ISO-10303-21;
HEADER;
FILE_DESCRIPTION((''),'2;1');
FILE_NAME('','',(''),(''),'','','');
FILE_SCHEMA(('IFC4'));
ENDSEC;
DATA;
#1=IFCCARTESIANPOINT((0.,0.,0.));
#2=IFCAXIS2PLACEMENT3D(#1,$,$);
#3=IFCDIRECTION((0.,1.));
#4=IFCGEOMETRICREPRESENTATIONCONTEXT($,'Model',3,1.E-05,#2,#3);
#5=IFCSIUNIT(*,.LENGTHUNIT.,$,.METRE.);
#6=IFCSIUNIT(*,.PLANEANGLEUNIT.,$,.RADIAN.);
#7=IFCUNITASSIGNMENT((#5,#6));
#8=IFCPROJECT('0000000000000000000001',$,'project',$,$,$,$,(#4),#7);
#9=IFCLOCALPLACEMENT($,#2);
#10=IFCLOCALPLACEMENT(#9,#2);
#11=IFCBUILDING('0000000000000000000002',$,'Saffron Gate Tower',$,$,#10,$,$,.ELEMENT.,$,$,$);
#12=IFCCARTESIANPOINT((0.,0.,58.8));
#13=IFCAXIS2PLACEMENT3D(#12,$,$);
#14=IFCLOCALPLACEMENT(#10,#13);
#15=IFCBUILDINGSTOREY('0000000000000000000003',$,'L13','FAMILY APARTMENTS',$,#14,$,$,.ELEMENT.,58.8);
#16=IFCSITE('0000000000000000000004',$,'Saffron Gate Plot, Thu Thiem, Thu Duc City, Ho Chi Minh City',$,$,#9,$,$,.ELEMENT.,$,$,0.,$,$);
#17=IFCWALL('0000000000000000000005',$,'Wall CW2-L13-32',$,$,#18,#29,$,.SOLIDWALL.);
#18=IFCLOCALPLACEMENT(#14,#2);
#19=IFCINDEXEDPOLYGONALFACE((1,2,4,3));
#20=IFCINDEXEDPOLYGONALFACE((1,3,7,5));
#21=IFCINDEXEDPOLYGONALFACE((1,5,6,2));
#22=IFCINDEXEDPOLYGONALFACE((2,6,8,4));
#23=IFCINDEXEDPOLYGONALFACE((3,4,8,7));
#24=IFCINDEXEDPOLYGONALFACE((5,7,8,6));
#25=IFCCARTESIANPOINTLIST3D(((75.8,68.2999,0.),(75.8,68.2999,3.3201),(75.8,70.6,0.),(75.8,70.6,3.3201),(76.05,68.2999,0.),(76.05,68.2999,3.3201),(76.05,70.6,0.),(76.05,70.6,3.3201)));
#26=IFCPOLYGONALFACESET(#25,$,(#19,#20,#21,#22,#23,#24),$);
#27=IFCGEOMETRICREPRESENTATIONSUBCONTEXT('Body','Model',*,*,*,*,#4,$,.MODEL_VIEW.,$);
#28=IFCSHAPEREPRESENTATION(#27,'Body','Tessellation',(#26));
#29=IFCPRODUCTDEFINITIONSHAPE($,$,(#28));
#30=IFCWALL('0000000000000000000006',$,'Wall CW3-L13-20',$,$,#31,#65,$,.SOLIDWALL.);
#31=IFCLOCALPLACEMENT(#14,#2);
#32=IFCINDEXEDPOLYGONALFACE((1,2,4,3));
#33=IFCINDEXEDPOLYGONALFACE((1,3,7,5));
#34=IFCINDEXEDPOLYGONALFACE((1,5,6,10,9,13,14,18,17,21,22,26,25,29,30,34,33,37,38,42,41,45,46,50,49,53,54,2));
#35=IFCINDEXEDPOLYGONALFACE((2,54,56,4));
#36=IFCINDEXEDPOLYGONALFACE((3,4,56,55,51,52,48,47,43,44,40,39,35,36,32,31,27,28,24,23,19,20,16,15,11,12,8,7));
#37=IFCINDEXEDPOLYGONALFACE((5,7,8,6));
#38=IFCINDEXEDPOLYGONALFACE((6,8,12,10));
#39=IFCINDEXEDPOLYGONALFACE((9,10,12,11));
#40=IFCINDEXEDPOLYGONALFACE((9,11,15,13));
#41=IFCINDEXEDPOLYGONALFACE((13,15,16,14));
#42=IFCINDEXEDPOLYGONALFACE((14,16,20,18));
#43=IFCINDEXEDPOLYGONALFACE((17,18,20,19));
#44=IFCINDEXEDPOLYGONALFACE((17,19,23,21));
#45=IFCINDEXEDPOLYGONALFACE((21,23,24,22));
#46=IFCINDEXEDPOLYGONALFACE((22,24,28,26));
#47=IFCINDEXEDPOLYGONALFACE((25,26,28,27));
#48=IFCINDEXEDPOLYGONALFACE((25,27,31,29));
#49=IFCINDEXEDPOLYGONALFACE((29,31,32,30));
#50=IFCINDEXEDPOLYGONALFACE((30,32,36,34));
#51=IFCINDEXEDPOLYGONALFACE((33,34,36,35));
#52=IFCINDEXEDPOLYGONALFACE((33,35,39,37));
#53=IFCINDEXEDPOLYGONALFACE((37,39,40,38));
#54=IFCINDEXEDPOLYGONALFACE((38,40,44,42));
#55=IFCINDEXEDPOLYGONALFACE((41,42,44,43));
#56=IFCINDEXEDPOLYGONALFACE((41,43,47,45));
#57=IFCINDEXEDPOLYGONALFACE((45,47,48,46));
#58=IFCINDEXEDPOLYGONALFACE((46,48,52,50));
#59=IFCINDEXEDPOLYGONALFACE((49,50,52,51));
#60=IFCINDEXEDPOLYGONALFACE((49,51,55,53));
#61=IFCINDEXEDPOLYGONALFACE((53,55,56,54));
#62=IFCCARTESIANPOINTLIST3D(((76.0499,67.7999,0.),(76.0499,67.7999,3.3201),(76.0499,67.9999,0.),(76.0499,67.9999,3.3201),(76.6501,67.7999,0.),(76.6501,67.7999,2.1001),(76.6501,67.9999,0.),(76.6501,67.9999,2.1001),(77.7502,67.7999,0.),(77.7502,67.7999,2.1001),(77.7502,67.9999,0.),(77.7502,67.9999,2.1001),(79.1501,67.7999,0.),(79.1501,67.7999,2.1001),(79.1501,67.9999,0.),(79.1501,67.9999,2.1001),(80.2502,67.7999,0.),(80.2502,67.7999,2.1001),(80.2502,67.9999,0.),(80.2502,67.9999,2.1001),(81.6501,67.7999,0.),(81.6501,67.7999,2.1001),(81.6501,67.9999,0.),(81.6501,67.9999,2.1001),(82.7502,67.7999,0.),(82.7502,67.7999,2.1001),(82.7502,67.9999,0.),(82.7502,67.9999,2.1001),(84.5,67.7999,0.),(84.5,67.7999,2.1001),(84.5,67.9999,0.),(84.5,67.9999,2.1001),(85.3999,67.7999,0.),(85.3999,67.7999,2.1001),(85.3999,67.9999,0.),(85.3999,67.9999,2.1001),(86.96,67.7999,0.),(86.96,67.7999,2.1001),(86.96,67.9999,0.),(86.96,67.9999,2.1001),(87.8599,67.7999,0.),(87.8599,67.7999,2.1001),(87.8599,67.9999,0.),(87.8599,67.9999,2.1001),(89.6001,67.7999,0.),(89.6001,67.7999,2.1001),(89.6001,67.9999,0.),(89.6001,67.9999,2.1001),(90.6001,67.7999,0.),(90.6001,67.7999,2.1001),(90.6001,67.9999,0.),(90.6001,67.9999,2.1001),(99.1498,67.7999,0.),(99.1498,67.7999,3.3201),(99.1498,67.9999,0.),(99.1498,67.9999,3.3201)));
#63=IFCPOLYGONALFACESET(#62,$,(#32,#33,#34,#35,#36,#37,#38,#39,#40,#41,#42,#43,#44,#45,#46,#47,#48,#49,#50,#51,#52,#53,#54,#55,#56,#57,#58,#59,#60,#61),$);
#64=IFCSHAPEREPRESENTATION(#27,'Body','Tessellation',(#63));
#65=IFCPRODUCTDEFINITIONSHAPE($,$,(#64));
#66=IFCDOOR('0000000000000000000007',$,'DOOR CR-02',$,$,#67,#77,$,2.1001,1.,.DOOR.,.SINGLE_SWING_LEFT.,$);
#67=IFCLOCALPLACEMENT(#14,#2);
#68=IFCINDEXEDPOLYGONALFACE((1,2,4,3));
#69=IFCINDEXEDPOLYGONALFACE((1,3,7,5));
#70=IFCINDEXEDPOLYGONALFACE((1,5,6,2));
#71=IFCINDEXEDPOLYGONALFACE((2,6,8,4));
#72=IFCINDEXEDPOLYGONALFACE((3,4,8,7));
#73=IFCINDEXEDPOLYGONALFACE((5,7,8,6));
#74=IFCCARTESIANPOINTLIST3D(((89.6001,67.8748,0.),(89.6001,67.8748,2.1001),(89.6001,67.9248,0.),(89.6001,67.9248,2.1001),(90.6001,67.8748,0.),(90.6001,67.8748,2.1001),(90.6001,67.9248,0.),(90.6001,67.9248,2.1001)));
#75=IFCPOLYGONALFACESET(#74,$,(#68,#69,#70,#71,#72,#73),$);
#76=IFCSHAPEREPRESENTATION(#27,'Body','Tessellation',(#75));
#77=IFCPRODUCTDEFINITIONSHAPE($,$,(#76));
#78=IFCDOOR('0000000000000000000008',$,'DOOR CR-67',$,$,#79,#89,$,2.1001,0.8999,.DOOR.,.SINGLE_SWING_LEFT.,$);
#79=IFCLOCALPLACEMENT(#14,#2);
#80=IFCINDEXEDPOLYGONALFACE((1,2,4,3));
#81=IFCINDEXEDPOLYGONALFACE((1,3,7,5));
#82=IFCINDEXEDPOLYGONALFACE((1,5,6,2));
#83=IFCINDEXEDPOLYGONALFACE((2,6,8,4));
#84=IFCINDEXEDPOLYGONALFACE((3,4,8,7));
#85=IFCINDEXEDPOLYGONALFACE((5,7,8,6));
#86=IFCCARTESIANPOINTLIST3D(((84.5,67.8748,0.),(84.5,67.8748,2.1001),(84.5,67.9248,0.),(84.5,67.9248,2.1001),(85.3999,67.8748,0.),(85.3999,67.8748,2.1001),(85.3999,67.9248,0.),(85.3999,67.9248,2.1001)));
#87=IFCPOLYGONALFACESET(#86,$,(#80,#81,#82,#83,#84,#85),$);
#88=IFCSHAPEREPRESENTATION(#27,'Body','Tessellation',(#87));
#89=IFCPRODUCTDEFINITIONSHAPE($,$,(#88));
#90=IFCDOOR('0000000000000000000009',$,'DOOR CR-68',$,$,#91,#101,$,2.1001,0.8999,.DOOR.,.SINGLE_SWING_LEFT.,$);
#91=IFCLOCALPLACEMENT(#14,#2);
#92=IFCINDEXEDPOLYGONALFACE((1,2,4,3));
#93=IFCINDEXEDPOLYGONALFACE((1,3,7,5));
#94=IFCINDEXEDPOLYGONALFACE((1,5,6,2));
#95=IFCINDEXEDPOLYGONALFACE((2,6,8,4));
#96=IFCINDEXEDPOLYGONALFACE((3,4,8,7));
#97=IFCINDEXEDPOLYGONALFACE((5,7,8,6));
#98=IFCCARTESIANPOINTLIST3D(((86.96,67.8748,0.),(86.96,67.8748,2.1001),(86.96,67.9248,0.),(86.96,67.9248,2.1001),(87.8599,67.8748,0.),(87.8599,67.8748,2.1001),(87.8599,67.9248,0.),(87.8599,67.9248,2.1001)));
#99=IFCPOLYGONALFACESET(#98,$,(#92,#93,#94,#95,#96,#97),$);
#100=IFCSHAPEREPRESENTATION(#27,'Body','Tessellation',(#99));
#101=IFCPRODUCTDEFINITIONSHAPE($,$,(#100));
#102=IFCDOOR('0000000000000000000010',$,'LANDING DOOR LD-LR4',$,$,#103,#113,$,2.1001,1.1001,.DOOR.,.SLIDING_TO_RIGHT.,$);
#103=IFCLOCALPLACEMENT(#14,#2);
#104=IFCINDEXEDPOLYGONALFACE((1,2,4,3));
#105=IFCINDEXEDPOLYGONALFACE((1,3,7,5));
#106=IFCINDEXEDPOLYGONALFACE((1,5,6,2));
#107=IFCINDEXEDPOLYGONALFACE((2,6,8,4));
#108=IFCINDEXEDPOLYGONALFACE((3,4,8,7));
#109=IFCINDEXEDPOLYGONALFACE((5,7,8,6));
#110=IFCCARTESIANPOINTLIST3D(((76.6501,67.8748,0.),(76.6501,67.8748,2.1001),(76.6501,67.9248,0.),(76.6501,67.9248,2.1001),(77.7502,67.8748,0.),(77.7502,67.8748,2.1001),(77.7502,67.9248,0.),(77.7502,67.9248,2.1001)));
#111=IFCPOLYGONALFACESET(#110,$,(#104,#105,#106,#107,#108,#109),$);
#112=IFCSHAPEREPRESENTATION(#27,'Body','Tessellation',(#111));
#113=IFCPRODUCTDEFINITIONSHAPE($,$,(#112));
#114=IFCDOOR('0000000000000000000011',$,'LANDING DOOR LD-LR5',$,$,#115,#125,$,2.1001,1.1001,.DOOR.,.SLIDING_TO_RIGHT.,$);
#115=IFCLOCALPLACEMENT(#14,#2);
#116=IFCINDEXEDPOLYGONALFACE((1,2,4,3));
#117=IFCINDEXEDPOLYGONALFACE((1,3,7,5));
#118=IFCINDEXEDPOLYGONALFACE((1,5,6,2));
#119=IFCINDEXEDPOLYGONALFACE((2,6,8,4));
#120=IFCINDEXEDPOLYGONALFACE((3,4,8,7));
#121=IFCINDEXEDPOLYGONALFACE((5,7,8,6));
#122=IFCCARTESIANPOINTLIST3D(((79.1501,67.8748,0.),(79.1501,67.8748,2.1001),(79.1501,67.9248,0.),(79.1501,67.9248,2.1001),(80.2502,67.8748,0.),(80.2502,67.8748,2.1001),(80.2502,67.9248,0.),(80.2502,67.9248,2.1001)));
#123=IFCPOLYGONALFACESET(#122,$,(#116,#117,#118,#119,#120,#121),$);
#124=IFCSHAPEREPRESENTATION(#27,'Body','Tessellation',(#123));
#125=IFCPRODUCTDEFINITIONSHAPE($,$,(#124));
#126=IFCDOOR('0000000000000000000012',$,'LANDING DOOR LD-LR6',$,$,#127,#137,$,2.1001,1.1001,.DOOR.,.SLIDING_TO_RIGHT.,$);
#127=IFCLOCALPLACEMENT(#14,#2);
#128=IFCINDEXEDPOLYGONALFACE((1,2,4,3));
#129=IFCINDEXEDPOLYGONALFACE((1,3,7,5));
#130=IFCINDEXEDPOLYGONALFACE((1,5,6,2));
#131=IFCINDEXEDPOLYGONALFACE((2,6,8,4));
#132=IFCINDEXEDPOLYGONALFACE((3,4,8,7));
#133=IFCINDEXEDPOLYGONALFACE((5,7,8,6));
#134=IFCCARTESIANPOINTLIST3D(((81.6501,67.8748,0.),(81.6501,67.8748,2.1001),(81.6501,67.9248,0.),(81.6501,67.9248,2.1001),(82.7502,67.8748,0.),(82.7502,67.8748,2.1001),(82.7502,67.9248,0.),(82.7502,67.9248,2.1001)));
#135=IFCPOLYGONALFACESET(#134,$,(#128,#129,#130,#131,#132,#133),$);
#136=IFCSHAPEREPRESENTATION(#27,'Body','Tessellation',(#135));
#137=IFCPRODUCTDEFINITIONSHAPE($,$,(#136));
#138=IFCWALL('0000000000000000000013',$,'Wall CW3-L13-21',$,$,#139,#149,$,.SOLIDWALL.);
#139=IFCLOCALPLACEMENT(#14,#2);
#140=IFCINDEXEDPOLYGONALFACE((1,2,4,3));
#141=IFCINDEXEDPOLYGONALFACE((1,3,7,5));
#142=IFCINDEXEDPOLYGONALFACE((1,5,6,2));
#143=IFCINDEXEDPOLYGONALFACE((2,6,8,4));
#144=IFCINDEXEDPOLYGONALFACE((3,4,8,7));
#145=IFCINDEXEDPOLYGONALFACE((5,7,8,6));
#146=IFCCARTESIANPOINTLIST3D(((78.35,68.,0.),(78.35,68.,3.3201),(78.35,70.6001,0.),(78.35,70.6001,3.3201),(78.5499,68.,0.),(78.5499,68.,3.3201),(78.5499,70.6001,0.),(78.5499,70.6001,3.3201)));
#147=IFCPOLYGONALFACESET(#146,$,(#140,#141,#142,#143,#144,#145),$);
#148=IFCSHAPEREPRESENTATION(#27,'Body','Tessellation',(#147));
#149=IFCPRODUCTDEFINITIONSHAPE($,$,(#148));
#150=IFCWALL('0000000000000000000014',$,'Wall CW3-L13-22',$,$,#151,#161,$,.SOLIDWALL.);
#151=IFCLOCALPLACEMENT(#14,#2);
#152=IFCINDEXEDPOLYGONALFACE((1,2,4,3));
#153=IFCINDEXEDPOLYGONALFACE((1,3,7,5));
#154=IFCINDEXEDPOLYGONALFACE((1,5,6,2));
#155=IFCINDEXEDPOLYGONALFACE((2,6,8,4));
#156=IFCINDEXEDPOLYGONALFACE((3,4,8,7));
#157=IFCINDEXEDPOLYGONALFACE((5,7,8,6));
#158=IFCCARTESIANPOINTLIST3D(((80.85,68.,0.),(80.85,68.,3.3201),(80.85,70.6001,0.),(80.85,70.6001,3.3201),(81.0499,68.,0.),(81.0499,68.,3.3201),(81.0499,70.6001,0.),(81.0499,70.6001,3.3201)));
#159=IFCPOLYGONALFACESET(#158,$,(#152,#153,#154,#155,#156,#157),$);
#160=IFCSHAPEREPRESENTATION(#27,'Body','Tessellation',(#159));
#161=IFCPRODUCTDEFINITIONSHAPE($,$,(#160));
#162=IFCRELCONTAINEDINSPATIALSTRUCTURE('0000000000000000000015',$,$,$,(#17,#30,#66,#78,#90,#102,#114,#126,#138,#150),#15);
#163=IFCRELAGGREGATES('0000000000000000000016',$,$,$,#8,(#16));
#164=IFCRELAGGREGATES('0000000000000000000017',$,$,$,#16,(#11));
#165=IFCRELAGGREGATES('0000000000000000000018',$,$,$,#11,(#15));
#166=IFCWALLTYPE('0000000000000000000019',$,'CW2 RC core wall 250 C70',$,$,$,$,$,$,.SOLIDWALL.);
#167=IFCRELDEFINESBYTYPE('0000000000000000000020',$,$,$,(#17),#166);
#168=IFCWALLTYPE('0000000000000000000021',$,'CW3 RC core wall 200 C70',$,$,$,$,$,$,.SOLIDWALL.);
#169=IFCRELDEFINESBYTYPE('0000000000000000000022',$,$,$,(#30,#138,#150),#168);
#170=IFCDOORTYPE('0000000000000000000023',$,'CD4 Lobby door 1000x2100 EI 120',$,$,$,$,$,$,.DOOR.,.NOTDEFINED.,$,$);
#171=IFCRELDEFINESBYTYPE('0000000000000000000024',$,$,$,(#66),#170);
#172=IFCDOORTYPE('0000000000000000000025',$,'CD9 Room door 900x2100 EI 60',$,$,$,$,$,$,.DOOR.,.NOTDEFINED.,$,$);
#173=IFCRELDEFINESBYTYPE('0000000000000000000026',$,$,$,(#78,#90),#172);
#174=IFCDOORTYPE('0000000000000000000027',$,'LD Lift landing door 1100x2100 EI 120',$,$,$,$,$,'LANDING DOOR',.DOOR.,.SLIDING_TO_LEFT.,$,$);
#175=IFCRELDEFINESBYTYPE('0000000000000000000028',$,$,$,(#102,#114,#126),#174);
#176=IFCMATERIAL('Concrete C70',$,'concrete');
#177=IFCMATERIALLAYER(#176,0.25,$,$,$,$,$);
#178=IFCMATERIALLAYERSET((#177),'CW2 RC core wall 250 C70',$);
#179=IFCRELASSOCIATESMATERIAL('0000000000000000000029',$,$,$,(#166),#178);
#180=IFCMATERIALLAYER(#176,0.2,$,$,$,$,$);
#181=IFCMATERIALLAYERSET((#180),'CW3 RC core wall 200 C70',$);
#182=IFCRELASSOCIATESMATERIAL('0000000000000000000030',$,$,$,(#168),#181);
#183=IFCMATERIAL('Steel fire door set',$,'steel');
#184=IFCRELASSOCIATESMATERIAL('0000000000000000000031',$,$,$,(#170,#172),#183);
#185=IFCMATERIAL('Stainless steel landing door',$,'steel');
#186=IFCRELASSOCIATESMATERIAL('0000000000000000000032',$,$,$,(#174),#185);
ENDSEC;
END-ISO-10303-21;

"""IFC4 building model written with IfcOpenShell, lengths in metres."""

from ifc_helpers import new_model, si_unit, direction, frame, frame_2d, origin, place, context, subcontext, project, spatial, rectangle, extrude, material, layer, layer_set, type_object, element, fill, save


model = new_model("IFC4")

# Units and contexts
model_context = context("Model", 3, precision=1e-05, world=origin(), true_north=direction((0.0, 1.0)))
body_context = subcontext(model_context, "Body", "Model", "MODEL_VIEW")
ifc_project = project(units=[si_unit("LENGTHUNIT", "METRE"), si_unit("PLANEANGLEUNIT", "RADIAN")], contexts=[model_context])

# Site, building, storey
site_placement = place(None, origin())
site = spatial("IfcSite", under=ifc_project, at=site_placement, Name="Saffron Gate Plot, Thu Thiem, Thu Duc City, Ho Chi Minh City", CompositionType="ELEMENT", RefElevation=0.0)
building_placement = place(site_placement, origin())
building = spatial("IfcBuilding", under=site, at=building_placement, Name="Saffron Gate Tower", CompositionType="ELEMENT")
storey_placement = place(building_placement, frame((0.0, 0.0, 58.8)))
storey = spatial("IfcBuildingStorey", under=building, at=storey_placement, Name="L13", Description="FAMILY APARTMENTS", CompositionType="ELEMENT", Elevation=58.8)

# Wall
ifc_material_1 = material(Name="Concrete C70", Category="concrete")
ifc_layer_1 = layer(ifc_material_1, 0.25)
ifc_layer_set_1 = layer_set([ifc_layer_1], Name="CW2 RC core wall 250 C70")
wall_type_1 = type_object("IfcWallType", Name="CW2 RC core wall 250 C70", PredefinedType="SOLIDWALL", material=ifc_layer_set_1)
wall_1_placement = place(storey_placement, frame((75.925, 68.3, 0.0), z_axis=(0.0, 0.0, 1.0), x_axis=(0.0, 1.0, 0.0)))
element("IfcWall", 1, at=wall_1_placement, inside=storey, type_object=wall_type_1, Name="Wall CW2-L13-32", PredefinedType="SOLIDWALL", context=body_context, shape_type="SweptSolid", body=[
    extrude(rectangle(XDim=2.3, YDim=0.25, at=frame_2d((1.1499, 0.0))), origin(), (0.0, 0.0, 1.0), 3.3201),
])

# Wall, openings, doors
ifc_layer_2 = layer(ifc_material_1, 0.2)
ifc_layer_set_2 = layer_set([ifc_layer_2], Name="CW3 RC core wall 200 C70")
wall_type_2 = type_object("IfcWallType", Name="CW3 RC core wall 200 C70", PredefinedType="SOLIDWALL", material=ifc_layer_set_2)
wall_2_placement = place(storey_placement, frame((76.05, 67.8999, 0.0), z_axis=(0.0, 0.0, 1.0), x_axis=(1.0, 0.0, 0.0)))
wall_2 = element("IfcWall", 2, at=wall_2_placement, inside=storey, type_object=wall_type_2, Name="Wall CW3-L13-20", PredefinedType="SOLIDWALL", context=body_context, shape_type="SweptSolid", body=[
    extrude(rectangle(XDim=23.0999, YDim=0.2, at=frame_2d((11.5498, 0.0))), origin(), (0.0, 0.0, 1.0), 3.3201),
])
opening_1_placement = place(wall_2_placement, frame((0.6001, 0.0, 0.0)))
opening_1 = element("IfcOpeningElement", 3, at=opening_1_placement, cuts=wall_2, PredefinedType="OPENING", context=body_context, shape_type="SweptSolid", body=[
    extrude(rectangle(XDim=1.1001, YDim=2.1001, at=frame_2d((0.55, 1.05))), frame((0.0, 0.1099, 0.0), z_axis=(0.0, -1.0, 0.0), x_axis=(1.0, 0.0, 0.0)), (0.0, 0.0, 1.0), 0.22),
])
opening_2_placement = place(wall_2_placement, frame((3.1001, 0.0, 0.0)))
opening_2 = element("IfcOpeningElement", 4, at=opening_2_placement, cuts=wall_2, PredefinedType="OPENING", context=body_context, shape_type="SweptSolid", body=[
    extrude(rectangle(XDim=1.1001, YDim=2.1001, at=frame_2d((0.55, 1.05))), frame((0.0, 0.1099, 0.0), z_axis=(0.0, -1.0, 0.0), x_axis=(1.0, 0.0, 0.0)), (0.0, 0.0, 1.0), 0.22),
])
opening_3_placement = place(wall_2_placement, frame((5.6001, 0.0, 0.0)))
opening_3 = element("IfcOpeningElement", 5, at=opening_3_placement, cuts=wall_2, PredefinedType="OPENING", context=body_context, shape_type="SweptSolid", body=[
    extrude(rectangle(XDim=1.1001, YDim=2.1001, at=frame_2d((0.55, 1.05))), frame((0.0, 0.1099, 0.0), z_axis=(0.0, -1.0, 0.0), x_axis=(1.0, 0.0, 0.0)), (0.0, 0.0, 1.0), 0.22),
])
opening_4_placement = place(wall_2_placement, frame((8.45, 0.0, 0.0)))
opening_4 = element("IfcOpeningElement", 6, at=opening_4_placement, cuts=wall_2, PredefinedType="OPENING", context=body_context, shape_type="SweptSolid", body=[
    extrude(rectangle(XDim=0.8999, YDim=2.1001, at=frame_2d((0.45, 1.05))), frame((0.0, 0.1099, 0.0), z_axis=(0.0, -1.0, 0.0), x_axis=(1.0, 0.0, 0.0)), (0.0, 0.0, 1.0), 0.22),
])
opening_5_placement = place(wall_2_placement, frame((10.9099, 0.0, 0.0)))
opening_5 = element("IfcOpeningElement", 7, at=opening_5_placement, cuts=wall_2, PredefinedType="OPENING", context=body_context, shape_type="SweptSolid", body=[
    extrude(rectangle(XDim=0.8999, YDim=2.1001, at=frame_2d((0.45, 1.05))), frame((0.0, 0.1099, 0.0), z_axis=(0.0, -1.0, 0.0), x_axis=(1.0, 0.0, 0.0)), (0.0, 0.0, 1.0), 0.22),
])
opening_6_placement = place(wall_2_placement, frame((13.55, 0.0, 0.0)))
opening_6 = element("IfcOpeningElement", 8, at=opening_6_placement, cuts=wall_2, PredefinedType="OPENING", context=body_context, shape_type="SweptSolid", body=[
    extrude(rectangle(XDim=1.0, YDim=2.1001, at=frame_2d((0.5, 1.05))), frame((0.0, 0.1099, 0.0), z_axis=(0.0, -1.0, 0.0), x_axis=(1.0, 0.0, 0.0)), (0.0, 0.0, 1.0), 0.22),
])
ifc_material_2 = material(Name="Steel fire door set", Category="steel")
door_type_1 = type_object("IfcDoorType", Name="CD4 Lobby door 1000x2100 EI 120", OperationType="NOTDEFINED", PredefinedType="DOOR", material=ifc_material_2)
door_1_placement = place(opening_6_placement, origin())
door_1 = element("IfcDoor", 9, at=door_1_placement, inside=storey, type_object=door_type_1, Name="DOOR CR-02", OperationType="SINGLE_SWING_LEFT", OverallHeight=2.1001, OverallWidth=1.0, PredefinedType="DOOR", context=body_context, shape_type="SweptSolid", body=[
    extrude(rectangle(XDim=1.0, YDim=2.1001, at=frame_2d((0.5, 1.05))), frame((0.0, 0.0249, 0.0), z_axis=(0.0, -1.0, 0.0), x_axis=(1.0, 0.0, 0.0)), (0.0, 0.0, 1.0), 0.05),
])
fill(opening_6, door_1)
door_type_2 = type_object("IfcDoorType", Name="CD9 Room door 900x2100 EI 60", OperationType="NOTDEFINED", PredefinedType="DOOR", material=ifc_material_2)
door_2_placement = place(opening_4_placement, origin())
door_2 = element("IfcDoor", 10, at=door_2_placement, inside=storey, type_object=door_type_2, Name="DOOR CR-67", OperationType="SINGLE_SWING_LEFT", OverallHeight=2.1001, OverallWidth=0.8999, PredefinedType="DOOR", context=body_context, shape_type="SweptSolid", body=[
    extrude(rectangle(XDim=0.8999, YDim=2.1001, at=frame_2d((0.45, 1.05))), frame((0.0, 0.0249, 0.0), z_axis=(0.0, -1.0, 0.0), x_axis=(1.0, 0.0, 0.0)), (0.0, 0.0, 1.0), 0.05),
])
fill(opening_4, door_2)
door_3_placement = place(opening_5_placement, origin())
door_3 = element("IfcDoor", 11, at=door_3_placement, inside=storey, type_object=door_type_2, Name="DOOR CR-68", OperationType="SINGLE_SWING_LEFT", OverallHeight=2.1001, OverallWidth=0.8999, PredefinedType="DOOR", context=body_context, shape_type="SweptSolid", body=[
    extrude(rectangle(XDim=0.8999, YDim=2.1001, at=frame_2d((0.45, 1.05))), frame((0.0, 0.0249, 0.0), z_axis=(0.0, -1.0, 0.0), x_axis=(1.0, 0.0, 0.0)), (0.0, 0.0, 1.0), 0.05),
])
fill(opening_5, door_3)
ifc_material_3 = material(Name="Stainless steel landing door", Category="steel")
door_type_3 = type_object("IfcDoorType", Name="LD Lift landing door 1100x2100 EI 120", ElementType="LANDING DOOR", OperationType="SLIDING_TO_LEFT", PredefinedType="DOOR", material=ifc_material_3)
door_4_placement = place(opening_1_placement, origin())
door_4 = element("IfcDoor", 12, at=door_4_placement, inside=storey, type_object=door_type_3, Name="LANDING DOOR LD-LR4", OperationType="SLIDING_TO_RIGHT", OverallHeight=2.1001, OverallWidth=1.1001, PredefinedType="DOOR", context=body_context, shape_type="SweptSolid", body=[
    extrude(rectangle(XDim=1.1001, YDim=2.1001, at=frame_2d((0.55, 1.05))), frame((0.0, 0.0249, 0.0), z_axis=(0.0, -1.0, 0.0), x_axis=(1.0, 0.0, 0.0)), (0.0, 0.0, 1.0), 0.05),
])
fill(opening_1, door_4)
door_5_placement = place(opening_2_placement, origin())
door_5 = element("IfcDoor", 13, at=door_5_placement, inside=storey, type_object=door_type_3, Name="LANDING DOOR LD-LR5", OperationType="SLIDING_TO_RIGHT", OverallHeight=2.1001, OverallWidth=1.1001, PredefinedType="DOOR", context=body_context, shape_type="SweptSolid", body=[
    extrude(rectangle(XDim=1.1001, YDim=2.1001, at=frame_2d((0.55, 1.05))), frame((0.0, 0.0249, 0.0), z_axis=(0.0, -1.0, 0.0), x_axis=(1.0, 0.0, 0.0)), (0.0, 0.0, 1.0), 0.05),
])
fill(opening_2, door_5)
door_6_placement = place(opening_3_placement, origin())
door_6 = element("IfcDoor", 14, at=door_6_placement, inside=storey, type_object=door_type_3, Name="LANDING DOOR LD-LR6", OperationType="SLIDING_TO_RIGHT", OverallHeight=2.1001, OverallWidth=1.1001, PredefinedType="DOOR", context=body_context, shape_type="SweptSolid", body=[
    extrude(rectangle(XDim=1.1001, YDim=2.1001, at=frame_2d((0.55, 1.05))), frame((0.0, 0.0249, 0.0), z_axis=(0.0, -1.0, 0.0), x_axis=(1.0, 0.0, 0.0)), (0.0, 0.0, 1.0), 0.05),
])
fill(opening_3, door_6)

# Walls
for number, where, z_axis, x_axis, name in (
    (15, (78.45, 68.0, 0.0), (0.0, 0.0, 1.0), (0.0, 1.0, 0.0), "Wall CW3-L13-21"),
    (16, (80.95, 68.0, 0.0), (0.0, 0.0, 1.0), (0.0, 1.0, 0.0), "Wall CW3-L13-22"),
):
    element("IfcWall", number, at=place(storey_placement, frame(where, z_axis=z_axis, x_axis=x_axis)), inside=storey, type_object=wall_type_2, Name=name, PredefinedType="SOLIDWALL", context=body_context, shape_type="SweptSolid", body=[
        extrude(rectangle(XDim=2.6001, YDim=0.2, at=frame_2d((1.3, 0.0))), origin(), (0.0, 0.0, 1.0), 3.3201),
    ])

save(model, "model.ifc")
